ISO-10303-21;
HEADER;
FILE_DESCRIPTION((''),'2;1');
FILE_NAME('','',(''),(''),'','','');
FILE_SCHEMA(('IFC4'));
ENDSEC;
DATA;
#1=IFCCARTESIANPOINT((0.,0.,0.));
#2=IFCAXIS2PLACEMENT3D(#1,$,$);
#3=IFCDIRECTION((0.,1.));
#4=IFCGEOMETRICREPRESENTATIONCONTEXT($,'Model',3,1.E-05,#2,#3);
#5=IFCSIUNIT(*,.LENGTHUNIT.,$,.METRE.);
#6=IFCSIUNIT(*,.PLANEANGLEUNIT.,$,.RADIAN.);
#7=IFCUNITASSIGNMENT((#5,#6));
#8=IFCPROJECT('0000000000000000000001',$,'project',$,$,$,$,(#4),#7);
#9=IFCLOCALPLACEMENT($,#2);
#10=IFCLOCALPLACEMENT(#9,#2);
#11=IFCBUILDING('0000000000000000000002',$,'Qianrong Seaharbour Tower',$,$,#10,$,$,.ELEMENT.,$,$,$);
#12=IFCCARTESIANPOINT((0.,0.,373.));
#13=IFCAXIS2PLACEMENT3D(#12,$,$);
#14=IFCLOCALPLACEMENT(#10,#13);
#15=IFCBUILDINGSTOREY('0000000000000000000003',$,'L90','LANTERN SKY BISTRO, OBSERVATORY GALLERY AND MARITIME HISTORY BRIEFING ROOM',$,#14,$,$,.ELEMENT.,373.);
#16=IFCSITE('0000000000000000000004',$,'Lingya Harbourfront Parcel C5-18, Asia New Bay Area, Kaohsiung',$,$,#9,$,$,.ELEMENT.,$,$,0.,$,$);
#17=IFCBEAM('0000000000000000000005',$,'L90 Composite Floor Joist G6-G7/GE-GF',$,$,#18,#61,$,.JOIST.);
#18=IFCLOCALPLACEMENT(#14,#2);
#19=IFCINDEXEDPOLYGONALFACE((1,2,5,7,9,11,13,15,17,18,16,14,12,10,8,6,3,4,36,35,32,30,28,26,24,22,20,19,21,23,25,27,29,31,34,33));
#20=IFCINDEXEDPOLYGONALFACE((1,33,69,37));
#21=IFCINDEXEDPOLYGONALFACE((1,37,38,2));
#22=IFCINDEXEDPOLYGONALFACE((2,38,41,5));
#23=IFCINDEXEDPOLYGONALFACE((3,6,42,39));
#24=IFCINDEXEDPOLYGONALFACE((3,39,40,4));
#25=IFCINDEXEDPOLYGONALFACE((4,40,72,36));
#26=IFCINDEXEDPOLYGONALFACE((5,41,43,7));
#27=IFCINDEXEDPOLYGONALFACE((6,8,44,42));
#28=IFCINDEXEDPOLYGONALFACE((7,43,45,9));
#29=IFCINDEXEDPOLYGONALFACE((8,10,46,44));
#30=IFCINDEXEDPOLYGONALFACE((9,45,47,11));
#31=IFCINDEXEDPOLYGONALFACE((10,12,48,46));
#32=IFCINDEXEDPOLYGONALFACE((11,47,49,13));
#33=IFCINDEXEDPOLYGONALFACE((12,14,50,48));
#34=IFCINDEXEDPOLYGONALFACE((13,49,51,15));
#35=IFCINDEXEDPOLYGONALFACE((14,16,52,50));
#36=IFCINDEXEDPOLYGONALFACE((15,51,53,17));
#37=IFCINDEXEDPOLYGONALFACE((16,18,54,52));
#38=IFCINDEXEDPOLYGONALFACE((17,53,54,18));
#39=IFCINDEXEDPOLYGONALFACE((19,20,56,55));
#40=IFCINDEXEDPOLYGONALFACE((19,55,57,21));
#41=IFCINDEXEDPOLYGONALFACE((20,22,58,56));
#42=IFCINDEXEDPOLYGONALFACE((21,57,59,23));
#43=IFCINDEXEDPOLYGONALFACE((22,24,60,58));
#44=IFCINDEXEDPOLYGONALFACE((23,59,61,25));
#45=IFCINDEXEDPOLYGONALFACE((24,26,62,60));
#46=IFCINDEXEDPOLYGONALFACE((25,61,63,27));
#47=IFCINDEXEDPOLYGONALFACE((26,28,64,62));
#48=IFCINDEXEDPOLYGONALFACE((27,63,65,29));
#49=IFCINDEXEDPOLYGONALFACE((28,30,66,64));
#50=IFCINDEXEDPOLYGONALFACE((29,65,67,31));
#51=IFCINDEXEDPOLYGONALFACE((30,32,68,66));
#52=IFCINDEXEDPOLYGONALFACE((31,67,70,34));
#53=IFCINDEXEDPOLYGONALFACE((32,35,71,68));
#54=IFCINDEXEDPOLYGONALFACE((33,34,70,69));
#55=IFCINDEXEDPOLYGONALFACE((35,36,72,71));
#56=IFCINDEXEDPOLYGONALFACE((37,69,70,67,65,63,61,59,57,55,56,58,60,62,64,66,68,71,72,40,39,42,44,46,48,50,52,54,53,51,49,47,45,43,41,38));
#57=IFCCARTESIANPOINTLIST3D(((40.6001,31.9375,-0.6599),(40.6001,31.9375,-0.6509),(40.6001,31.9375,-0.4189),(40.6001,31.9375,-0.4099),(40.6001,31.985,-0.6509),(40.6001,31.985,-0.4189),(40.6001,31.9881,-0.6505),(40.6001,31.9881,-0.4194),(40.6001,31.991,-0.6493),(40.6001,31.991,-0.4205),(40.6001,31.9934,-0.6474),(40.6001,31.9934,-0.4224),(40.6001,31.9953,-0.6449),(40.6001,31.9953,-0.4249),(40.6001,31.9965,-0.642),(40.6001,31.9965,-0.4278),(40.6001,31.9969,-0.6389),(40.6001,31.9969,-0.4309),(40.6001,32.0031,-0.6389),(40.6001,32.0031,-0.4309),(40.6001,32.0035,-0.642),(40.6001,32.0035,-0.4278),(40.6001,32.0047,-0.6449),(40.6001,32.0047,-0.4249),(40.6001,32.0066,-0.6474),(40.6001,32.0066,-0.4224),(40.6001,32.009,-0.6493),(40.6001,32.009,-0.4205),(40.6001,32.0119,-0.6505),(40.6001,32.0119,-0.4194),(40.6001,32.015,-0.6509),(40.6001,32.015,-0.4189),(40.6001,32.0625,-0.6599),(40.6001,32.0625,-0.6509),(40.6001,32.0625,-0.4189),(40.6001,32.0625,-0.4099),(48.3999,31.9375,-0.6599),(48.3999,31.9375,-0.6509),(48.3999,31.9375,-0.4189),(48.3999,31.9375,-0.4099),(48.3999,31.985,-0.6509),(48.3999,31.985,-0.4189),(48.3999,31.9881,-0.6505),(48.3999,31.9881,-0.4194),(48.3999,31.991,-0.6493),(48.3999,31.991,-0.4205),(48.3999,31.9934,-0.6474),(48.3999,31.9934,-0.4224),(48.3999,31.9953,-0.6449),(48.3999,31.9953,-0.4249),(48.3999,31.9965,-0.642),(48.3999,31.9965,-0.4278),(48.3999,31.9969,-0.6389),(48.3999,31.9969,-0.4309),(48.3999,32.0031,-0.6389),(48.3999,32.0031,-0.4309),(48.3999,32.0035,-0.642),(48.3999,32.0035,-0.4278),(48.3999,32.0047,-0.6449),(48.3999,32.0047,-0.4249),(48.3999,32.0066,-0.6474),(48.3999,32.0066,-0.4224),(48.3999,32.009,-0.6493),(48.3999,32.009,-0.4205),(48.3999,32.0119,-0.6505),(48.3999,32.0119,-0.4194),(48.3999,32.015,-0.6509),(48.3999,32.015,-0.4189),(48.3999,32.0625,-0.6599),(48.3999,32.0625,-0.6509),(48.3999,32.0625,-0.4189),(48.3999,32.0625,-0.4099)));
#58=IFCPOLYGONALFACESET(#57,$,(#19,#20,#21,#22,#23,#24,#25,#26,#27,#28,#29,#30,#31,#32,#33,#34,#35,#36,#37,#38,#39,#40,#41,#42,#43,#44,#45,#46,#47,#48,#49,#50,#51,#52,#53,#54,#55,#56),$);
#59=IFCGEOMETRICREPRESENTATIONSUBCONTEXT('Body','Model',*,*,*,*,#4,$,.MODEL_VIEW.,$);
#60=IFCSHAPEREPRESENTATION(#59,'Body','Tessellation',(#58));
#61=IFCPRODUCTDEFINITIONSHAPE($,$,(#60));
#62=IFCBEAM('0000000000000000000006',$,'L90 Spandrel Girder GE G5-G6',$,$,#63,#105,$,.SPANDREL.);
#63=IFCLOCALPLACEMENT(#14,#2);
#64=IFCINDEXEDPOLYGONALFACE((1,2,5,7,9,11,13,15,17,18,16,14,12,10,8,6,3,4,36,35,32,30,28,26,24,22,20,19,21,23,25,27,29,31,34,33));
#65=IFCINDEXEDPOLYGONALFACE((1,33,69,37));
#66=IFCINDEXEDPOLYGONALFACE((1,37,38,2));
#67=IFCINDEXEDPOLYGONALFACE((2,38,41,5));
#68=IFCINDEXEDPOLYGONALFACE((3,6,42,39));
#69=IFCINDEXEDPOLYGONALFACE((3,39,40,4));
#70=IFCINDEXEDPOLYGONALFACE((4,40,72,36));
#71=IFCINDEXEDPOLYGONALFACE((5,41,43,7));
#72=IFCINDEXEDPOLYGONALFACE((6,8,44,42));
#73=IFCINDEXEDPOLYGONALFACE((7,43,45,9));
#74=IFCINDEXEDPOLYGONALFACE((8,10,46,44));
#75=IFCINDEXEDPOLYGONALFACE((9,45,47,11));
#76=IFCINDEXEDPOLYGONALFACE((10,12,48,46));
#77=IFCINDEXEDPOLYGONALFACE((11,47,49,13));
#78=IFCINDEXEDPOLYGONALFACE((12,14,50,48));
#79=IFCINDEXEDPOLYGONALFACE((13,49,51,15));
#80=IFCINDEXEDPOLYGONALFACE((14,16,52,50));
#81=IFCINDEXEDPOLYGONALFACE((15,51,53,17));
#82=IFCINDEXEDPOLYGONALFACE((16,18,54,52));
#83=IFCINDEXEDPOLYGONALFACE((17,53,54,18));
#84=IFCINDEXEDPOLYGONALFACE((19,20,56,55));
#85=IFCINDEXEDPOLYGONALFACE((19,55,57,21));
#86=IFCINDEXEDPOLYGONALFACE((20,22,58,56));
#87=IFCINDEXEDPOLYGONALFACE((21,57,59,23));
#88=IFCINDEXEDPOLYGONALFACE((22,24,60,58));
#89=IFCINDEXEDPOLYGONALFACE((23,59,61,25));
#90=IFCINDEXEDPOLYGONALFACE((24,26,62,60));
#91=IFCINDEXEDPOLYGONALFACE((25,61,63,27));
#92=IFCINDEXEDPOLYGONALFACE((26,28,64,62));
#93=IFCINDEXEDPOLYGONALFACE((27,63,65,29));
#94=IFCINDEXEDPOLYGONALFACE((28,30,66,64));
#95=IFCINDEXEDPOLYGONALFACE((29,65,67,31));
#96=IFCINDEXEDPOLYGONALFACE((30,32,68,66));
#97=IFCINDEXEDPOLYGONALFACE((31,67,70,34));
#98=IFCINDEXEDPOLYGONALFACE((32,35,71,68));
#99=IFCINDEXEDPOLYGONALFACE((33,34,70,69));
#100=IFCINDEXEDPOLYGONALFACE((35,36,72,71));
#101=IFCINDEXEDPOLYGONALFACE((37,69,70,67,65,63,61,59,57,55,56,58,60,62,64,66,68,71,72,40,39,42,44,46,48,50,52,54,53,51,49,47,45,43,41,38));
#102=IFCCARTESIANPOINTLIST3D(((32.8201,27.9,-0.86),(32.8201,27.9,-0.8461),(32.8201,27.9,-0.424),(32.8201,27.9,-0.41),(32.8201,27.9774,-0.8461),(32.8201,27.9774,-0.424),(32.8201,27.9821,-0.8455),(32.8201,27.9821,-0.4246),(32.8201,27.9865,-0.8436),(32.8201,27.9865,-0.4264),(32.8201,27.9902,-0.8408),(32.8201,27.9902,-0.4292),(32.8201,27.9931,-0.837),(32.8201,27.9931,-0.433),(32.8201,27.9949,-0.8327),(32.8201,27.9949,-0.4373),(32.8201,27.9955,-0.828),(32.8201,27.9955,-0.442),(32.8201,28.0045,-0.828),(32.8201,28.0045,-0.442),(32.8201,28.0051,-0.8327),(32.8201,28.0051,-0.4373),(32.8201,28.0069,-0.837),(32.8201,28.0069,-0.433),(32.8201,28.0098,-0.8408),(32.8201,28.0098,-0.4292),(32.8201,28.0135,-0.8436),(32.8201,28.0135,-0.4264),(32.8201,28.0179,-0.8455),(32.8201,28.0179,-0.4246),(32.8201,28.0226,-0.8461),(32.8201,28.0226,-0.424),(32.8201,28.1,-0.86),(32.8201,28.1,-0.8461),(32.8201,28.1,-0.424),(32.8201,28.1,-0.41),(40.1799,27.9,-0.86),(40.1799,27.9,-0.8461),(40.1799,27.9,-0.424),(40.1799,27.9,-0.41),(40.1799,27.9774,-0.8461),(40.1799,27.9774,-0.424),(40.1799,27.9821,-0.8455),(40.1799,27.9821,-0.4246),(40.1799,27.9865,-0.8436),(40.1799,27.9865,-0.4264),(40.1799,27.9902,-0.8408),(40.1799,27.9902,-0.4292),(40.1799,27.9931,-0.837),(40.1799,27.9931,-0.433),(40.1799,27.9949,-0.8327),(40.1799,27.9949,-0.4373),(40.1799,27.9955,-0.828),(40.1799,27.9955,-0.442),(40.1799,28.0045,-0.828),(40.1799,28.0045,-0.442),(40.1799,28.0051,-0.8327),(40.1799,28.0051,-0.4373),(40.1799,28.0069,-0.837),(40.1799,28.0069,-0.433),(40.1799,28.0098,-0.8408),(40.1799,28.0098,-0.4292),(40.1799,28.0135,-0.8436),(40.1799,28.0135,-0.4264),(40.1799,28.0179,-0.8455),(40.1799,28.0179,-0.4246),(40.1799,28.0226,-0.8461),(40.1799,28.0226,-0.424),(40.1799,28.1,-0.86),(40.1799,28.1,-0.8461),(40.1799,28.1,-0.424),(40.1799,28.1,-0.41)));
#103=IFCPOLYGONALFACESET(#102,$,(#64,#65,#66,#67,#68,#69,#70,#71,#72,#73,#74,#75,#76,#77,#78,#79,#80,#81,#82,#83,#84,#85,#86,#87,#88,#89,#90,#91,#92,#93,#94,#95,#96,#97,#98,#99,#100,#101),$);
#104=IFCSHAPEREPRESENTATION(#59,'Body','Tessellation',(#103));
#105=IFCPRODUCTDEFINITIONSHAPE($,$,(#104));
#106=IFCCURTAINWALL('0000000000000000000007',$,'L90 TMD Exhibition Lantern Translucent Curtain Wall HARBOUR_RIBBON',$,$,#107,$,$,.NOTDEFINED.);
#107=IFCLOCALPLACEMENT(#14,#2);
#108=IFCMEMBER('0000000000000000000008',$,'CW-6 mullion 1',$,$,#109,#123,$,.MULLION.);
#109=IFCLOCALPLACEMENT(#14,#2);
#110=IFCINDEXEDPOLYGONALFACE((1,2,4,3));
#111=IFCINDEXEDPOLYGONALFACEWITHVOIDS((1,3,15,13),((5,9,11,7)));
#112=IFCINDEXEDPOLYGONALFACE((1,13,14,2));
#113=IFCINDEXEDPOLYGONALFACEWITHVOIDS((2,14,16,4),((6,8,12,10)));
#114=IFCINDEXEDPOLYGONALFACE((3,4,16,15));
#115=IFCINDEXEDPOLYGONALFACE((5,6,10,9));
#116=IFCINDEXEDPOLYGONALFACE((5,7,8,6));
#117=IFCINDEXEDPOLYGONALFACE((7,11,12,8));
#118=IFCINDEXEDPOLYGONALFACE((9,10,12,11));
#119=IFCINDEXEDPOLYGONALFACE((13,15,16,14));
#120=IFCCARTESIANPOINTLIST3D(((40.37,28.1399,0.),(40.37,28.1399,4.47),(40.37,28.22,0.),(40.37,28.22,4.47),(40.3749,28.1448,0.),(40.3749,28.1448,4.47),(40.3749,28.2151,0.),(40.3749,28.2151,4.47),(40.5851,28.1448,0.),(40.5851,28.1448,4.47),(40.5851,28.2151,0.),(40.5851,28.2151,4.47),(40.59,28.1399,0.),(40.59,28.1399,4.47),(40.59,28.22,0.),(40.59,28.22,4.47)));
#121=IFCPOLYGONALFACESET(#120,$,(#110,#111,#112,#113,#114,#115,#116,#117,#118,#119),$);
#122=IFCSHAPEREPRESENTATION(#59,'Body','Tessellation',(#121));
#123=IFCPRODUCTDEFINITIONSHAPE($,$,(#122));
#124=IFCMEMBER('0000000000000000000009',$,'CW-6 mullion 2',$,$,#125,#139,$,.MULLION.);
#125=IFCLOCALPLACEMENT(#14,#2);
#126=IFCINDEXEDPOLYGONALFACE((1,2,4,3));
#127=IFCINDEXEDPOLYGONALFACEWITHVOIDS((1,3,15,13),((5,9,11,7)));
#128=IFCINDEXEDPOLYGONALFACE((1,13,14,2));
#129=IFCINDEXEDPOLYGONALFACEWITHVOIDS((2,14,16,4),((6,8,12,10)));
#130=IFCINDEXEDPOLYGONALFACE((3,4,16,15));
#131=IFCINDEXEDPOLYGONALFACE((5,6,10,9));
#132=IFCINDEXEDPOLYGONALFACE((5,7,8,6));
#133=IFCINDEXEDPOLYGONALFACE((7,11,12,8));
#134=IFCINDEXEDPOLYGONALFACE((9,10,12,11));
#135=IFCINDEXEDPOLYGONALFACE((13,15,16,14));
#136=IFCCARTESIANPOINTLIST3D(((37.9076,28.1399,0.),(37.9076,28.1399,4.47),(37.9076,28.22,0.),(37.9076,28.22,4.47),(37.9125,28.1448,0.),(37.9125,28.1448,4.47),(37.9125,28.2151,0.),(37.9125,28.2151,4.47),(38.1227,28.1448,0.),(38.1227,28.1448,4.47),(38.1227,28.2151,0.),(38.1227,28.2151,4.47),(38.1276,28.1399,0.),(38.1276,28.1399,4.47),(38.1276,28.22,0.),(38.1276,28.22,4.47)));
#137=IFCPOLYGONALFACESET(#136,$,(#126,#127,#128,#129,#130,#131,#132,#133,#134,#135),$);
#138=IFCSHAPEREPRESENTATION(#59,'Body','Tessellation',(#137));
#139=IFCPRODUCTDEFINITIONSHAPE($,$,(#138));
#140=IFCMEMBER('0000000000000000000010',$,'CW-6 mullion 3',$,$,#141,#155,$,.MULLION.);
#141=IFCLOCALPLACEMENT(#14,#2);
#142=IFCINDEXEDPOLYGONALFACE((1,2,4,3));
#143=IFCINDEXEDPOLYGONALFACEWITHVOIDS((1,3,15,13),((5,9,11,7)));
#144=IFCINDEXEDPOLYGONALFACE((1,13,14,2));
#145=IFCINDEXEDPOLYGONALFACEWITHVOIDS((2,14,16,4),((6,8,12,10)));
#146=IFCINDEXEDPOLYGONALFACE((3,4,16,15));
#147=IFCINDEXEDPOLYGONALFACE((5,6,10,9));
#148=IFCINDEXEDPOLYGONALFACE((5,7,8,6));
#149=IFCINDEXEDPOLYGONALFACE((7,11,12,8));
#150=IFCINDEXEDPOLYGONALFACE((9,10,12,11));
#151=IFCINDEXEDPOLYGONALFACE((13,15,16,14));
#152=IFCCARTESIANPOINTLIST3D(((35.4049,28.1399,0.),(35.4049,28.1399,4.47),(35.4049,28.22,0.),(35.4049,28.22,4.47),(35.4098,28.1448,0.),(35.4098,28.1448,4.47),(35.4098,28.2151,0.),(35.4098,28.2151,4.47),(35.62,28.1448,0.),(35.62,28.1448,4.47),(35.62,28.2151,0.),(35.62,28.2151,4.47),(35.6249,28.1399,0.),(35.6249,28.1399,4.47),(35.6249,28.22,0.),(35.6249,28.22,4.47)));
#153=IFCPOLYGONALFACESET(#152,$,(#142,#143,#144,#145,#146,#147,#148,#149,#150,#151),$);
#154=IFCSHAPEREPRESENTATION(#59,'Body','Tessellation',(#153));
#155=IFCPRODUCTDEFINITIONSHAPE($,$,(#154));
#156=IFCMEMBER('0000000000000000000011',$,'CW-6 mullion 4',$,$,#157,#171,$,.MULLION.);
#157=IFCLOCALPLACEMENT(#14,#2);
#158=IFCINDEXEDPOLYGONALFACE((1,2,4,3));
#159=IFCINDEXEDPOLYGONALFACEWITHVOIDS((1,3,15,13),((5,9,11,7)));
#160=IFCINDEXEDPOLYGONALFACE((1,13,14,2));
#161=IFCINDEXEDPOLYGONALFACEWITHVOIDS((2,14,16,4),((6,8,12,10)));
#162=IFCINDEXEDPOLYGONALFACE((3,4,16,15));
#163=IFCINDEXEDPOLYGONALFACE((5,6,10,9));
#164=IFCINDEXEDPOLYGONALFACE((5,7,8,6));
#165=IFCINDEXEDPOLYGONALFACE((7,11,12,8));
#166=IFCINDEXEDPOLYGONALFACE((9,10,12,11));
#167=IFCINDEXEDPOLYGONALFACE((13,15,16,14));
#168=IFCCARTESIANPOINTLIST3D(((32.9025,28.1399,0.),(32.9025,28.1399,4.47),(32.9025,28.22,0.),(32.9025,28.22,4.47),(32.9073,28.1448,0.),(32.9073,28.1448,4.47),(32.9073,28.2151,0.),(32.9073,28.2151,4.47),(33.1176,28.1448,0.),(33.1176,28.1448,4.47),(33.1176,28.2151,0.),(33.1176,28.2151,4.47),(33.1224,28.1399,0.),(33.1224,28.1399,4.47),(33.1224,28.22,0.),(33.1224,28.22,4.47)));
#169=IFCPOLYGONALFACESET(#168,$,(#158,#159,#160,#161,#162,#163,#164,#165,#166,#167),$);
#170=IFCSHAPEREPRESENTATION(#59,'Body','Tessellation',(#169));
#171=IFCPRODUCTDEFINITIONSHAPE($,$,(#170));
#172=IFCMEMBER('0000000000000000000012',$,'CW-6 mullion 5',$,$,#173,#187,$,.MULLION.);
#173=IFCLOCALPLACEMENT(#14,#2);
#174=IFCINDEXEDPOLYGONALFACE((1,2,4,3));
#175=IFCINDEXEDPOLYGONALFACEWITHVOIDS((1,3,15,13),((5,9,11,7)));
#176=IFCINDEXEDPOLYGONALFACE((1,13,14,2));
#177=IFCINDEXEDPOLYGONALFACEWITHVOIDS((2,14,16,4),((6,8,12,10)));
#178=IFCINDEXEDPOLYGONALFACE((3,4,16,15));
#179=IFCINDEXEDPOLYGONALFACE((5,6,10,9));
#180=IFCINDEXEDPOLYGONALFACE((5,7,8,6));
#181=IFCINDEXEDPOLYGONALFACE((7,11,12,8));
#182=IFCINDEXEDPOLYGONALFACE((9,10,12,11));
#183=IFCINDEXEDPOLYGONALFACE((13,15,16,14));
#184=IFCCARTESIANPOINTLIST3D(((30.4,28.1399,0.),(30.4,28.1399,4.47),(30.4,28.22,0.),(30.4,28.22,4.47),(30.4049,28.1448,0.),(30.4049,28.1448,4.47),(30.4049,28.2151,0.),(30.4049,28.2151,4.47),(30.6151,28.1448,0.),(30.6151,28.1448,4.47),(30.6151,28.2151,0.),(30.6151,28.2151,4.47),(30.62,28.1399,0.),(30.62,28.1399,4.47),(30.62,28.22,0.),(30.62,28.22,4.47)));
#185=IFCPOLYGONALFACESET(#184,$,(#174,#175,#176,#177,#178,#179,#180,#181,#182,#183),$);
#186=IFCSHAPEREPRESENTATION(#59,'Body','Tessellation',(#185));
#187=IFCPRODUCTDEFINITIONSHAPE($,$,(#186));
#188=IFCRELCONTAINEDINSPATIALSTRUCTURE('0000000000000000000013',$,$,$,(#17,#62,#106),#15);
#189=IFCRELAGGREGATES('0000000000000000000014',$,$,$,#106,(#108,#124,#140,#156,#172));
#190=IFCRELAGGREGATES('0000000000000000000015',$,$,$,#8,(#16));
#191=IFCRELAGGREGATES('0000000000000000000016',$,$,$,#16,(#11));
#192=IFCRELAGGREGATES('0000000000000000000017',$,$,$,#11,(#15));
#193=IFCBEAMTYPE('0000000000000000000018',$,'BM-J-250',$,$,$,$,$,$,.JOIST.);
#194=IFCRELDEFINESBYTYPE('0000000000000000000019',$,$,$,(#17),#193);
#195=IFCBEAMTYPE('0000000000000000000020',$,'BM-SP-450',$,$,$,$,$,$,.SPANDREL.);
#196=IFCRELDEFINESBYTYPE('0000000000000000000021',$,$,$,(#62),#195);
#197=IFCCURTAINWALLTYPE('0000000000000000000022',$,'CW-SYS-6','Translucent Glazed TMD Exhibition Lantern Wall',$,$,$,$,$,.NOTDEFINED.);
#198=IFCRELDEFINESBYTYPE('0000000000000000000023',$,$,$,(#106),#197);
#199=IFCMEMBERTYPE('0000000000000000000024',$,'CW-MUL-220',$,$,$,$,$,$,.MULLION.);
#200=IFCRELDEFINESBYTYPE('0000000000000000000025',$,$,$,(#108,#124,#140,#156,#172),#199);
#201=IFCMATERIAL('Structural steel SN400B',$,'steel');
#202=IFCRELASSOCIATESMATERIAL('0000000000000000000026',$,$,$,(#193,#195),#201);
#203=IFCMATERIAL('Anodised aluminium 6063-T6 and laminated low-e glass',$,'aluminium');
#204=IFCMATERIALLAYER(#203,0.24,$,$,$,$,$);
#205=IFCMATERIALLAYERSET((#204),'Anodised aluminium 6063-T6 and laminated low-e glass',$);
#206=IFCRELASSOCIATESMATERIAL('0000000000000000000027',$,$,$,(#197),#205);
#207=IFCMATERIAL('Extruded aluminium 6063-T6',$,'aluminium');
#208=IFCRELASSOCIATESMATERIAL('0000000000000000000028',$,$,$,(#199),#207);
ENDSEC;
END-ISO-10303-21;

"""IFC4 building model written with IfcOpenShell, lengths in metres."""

from ifc_helpers import new_model, si_unit, direction, frame, origin, origin_2d, place, context, subcontext, project, spatial, hollow_rectangle, i_section, extrude, material, layer, layer_set, material_profile, profile_set, type_object, element, aggregate, save


model = new_model("IFC4")

# Units and contexts
model_context = context("Model", 3, precision=1e-05, world=origin(), true_north=direction((0.0, 1.0)))
body_context = subcontext(model_context, "Body", "Model", "MODEL_VIEW")
ifc_project = project(units=[si_unit("LENGTHUNIT", "METRE"), si_unit("PLANEANGLEUNIT", "RADIAN")], contexts=[model_context])

# Site, building, storey
site_placement = place(None, origin())
site = spatial("IfcSite", under=ifc_project, at=site_placement, Name="Lingya Harbourfront Parcel C5-18, Asia New Bay Area, Kaohsiung", CompositionType="ELEMENT", RefElevation=0.0)
building_placement = place(site_placement, origin())
building = spatial("IfcBuilding", under=site, at=building_placement, Name="Qianrong Seaharbour Tower", CompositionType="ELEMENT")
storey_placement = place(building_placement, frame((0.0, 0.0, 373.0)))
storey = spatial("IfcBuildingStorey", under=building, at=storey_placement, Name="L90", Description="LANTERN SKY BISTRO, OBSERVATORY GALLERY AND MARITIME HISTORY BRIEFING ROOM", CompositionType="ELEMENT", Elevation=373.0)

# Beams
ifc_material_1 = material(Name="Structural steel SN400B", Category="steel")
ifc_material_profile_1 = material_profile(ifc_material_1, i_section(OverallWidth=0.125, OverallDepth=0.25, WebThickness=0.0061, FlangeThickness=0.009, FilletRadius=0.012, at=origin_2d()), Name="H250x125x6x9")
ifc_profile_set_1 = profile_set([ifc_material_profile_1], Name="Structural steel SN400B")
beam_type_1 = type_object("IfcBeamType", Name="BM-J-250", PredefinedType="JOIST", material=ifc_profile_set_1)
for number, where, z_axis, x_axis, name in (
    (1, (40.6001, 32.0, -0.5349), (1.0, 0.0, 0.0), (0.0, 1.0, 0.0), "L90 Composite Floor Joist G6-G7/GE-GF"),
):
    element("IfcBeam", number, at=place(storey_placement, frame(where, z_axis=z_axis, x_axis=x_axis)), inside=storey, type_object=beam_type_1, Name=name, PredefinedType="JOIST", context=body_context, shape_type="SweptSolid", body=[
        extrude(i_section(OverallWidth=0.125, OverallDepth=0.25, WebThickness=0.0061, FlangeThickness=0.009, FilletRadius=0.012, at=origin_2d()), origin(), (0.0, 0.0, 1.0), 7.7998),
    ])
ifc_material_profile_2 = material_profile(ifc_material_1, i_section(OverallWidth=0.2, OverallDepth=0.45, WebThickness=0.009, FlangeThickness=0.0139, FilletRadius=0.0181, at=origin_2d()), Name="H450x200x9x14")
ifc_profile_set_2 = profile_set([ifc_material_profile_2], Name="Structural steel SN400B")
beam_type_2 = type_object("IfcBeamType", Name="BM-SP-450", PredefinedType="SPANDREL", material=ifc_profile_set_2)
beam_placement = place(storey_placement, frame((32.8201, 28.0, -0.635), z_axis=(1.0, 0.0, 0.0), x_axis=(0.0, 1.0, 0.0)))
element("IfcBeam", 2, at=beam_placement, inside=storey, type_object=beam_type_2, Name="L90 Spandrel Girder GE G5-G6", PredefinedType="SPANDREL", context=body_context, shape_type="SweptSolid", body=[
    extrude(i_section(OverallWidth=0.2, OverallDepth=0.45, WebThickness=0.009, FlangeThickness=0.0139, FilletRadius=0.0181, at=origin_2d()), origin(), (0.0, 0.0, 1.0), 7.3599),
])

# Curtain wall, members
ifc_material_2 = material(Name="Anodised aluminium 6063-T6 and laminated low-e glass", Category="aluminium")
ifc_layer_1 = layer(ifc_material_2, 0.24)
ifc_layer_set_1 = layer_set([ifc_layer_1], Name="Anodised aluminium 6063-T6 and laminated low-e glass")
curtain_wall_type = type_object("IfcCurtainWallType", Name="CW-SYS-6", Description="Translucent Glazed TMD Exhibition Lantern Wall", PredefinedType="NOTDEFINED", material=ifc_layer_set_1)
curtain_wall_placement = place(storey_placement, origin())
curtain_wall = element("IfcCurtainWall", 3, at=curtain_wall_placement, inside=storey, type_object=curtain_wall_type, Name="L90 TMD Exhibition Lantern Translucent Curtain Wall HARBOUR_RIBBON", PredefinedType="NOTDEFINED")
ifc_material_3 = material(Name="Extruded aluminium 6063-T6", Category="aluminium")
ifc_material_profile_3 = material_profile(ifc_material_3, hollow_rectangle(XDim=0.0801, YDim=0.22, WallThickness=0.0049, at=origin_2d()), Name="ALU-MUL-220x80x5")
ifc_profile_set_3 = profile_set([ifc_material_profile_3], Name="Extruded aluminium 6063-T6")
member_type_1 = type_object("IfcMemberType", Name="CW-MUL-220", PredefinedType="MULLION", material=ifc_profile_set_3)
member_1_placement = place(storey_placement, frame((40.48, 28.1799, 0.0), z_axis=(0.0, 0.0, 1.0), x_axis=(0.0, -1.0, 0.0)))
member_1 = element("IfcMember", 4, at=member_1_placement, type_object=member_type_1, Name="CW-6 mullion 1", PredefinedType="MULLION", context=body_context, shape_type="SweptSolid", body=[
    extrude(hollow_rectangle(XDim=0.0801, YDim=0.22, WallThickness=0.0049, at=origin_2d()), origin(), (0.0, 0.0, 1.0), 4.47),
])
member_2_placement = place(storey_placement, frame((38.0176, 28.1799, 0.0), z_axis=(0.0, 0.0, 1.0), x_axis=(0.0, -1.0, 0.0)))
member_2 = element("IfcMember", 5, at=member_2_placement, type_object=member_type_1, Name="CW-6 mullion 2", PredefinedType="MULLION", context=body_context, shape_type="SweptSolid", body=[
    extrude(hollow_rectangle(XDim=0.0801, YDim=0.22, WallThickness=0.0049, at=origin_2d()), origin(), (0.0, 0.0, 1.0), 4.47),
])
member_3_placement = place(storey_placement, frame((35.5149, 28.1799, 0.0), z_axis=(0.0, 0.0, 1.0), x_axis=(0.0, -1.0, 0.0)))
member_3 = element("IfcMember", 6, at=member_3_placement, type_object=member_type_1, Name="CW-6 mullion 3", PredefinedType="MULLION", context=body_context, shape_type="SweptSolid", body=[
    extrude(hollow_rectangle(XDim=0.0801, YDim=0.22, WallThickness=0.0049, at=origin_2d()), origin(), (0.0, 0.0, 1.0), 4.47),
])
member_4_placement = place(storey_placement, frame((33.0125, 28.1799, 0.0), z_axis=(0.0, 0.0, 1.0), x_axis=(0.0, -1.0, 0.0)))
member_4 = element("IfcMember", 7, at=member_4_placement, type_object=member_type_1, Name="CW-6 mullion 4", PredefinedType="MULLION", context=body_context, shape_type="SweptSolid", body=[
    extrude(hollow_rectangle(XDim=0.0801, YDim=0.22, WallThickness=0.0049, at=origin_2d()), origin(), (0.0, 0.0, 1.0), 4.47),
])
member_5_placement = place(storey_placement, frame((30.51, 28.1799, 0.0), z_axis=(0.0, 0.0, 1.0), x_axis=(0.0, -1.0, 0.0)))
member_5 = element("IfcMember", 8, at=member_5_placement, type_object=member_type_1, Name="CW-6 mullion 5", PredefinedType="MULLION", context=body_context, shape_type="SweptSolid", body=[
    extrude(hollow_rectangle(XDim=0.0801, YDim=0.22, WallThickness=0.0049, at=origin_2d()), origin(), (0.0, 0.0, 1.0), 4.47),
])
aggregate(curtain_wall, [member_1, member_2, member_3, member_4, member_5])

save(model, "model.ifc")
